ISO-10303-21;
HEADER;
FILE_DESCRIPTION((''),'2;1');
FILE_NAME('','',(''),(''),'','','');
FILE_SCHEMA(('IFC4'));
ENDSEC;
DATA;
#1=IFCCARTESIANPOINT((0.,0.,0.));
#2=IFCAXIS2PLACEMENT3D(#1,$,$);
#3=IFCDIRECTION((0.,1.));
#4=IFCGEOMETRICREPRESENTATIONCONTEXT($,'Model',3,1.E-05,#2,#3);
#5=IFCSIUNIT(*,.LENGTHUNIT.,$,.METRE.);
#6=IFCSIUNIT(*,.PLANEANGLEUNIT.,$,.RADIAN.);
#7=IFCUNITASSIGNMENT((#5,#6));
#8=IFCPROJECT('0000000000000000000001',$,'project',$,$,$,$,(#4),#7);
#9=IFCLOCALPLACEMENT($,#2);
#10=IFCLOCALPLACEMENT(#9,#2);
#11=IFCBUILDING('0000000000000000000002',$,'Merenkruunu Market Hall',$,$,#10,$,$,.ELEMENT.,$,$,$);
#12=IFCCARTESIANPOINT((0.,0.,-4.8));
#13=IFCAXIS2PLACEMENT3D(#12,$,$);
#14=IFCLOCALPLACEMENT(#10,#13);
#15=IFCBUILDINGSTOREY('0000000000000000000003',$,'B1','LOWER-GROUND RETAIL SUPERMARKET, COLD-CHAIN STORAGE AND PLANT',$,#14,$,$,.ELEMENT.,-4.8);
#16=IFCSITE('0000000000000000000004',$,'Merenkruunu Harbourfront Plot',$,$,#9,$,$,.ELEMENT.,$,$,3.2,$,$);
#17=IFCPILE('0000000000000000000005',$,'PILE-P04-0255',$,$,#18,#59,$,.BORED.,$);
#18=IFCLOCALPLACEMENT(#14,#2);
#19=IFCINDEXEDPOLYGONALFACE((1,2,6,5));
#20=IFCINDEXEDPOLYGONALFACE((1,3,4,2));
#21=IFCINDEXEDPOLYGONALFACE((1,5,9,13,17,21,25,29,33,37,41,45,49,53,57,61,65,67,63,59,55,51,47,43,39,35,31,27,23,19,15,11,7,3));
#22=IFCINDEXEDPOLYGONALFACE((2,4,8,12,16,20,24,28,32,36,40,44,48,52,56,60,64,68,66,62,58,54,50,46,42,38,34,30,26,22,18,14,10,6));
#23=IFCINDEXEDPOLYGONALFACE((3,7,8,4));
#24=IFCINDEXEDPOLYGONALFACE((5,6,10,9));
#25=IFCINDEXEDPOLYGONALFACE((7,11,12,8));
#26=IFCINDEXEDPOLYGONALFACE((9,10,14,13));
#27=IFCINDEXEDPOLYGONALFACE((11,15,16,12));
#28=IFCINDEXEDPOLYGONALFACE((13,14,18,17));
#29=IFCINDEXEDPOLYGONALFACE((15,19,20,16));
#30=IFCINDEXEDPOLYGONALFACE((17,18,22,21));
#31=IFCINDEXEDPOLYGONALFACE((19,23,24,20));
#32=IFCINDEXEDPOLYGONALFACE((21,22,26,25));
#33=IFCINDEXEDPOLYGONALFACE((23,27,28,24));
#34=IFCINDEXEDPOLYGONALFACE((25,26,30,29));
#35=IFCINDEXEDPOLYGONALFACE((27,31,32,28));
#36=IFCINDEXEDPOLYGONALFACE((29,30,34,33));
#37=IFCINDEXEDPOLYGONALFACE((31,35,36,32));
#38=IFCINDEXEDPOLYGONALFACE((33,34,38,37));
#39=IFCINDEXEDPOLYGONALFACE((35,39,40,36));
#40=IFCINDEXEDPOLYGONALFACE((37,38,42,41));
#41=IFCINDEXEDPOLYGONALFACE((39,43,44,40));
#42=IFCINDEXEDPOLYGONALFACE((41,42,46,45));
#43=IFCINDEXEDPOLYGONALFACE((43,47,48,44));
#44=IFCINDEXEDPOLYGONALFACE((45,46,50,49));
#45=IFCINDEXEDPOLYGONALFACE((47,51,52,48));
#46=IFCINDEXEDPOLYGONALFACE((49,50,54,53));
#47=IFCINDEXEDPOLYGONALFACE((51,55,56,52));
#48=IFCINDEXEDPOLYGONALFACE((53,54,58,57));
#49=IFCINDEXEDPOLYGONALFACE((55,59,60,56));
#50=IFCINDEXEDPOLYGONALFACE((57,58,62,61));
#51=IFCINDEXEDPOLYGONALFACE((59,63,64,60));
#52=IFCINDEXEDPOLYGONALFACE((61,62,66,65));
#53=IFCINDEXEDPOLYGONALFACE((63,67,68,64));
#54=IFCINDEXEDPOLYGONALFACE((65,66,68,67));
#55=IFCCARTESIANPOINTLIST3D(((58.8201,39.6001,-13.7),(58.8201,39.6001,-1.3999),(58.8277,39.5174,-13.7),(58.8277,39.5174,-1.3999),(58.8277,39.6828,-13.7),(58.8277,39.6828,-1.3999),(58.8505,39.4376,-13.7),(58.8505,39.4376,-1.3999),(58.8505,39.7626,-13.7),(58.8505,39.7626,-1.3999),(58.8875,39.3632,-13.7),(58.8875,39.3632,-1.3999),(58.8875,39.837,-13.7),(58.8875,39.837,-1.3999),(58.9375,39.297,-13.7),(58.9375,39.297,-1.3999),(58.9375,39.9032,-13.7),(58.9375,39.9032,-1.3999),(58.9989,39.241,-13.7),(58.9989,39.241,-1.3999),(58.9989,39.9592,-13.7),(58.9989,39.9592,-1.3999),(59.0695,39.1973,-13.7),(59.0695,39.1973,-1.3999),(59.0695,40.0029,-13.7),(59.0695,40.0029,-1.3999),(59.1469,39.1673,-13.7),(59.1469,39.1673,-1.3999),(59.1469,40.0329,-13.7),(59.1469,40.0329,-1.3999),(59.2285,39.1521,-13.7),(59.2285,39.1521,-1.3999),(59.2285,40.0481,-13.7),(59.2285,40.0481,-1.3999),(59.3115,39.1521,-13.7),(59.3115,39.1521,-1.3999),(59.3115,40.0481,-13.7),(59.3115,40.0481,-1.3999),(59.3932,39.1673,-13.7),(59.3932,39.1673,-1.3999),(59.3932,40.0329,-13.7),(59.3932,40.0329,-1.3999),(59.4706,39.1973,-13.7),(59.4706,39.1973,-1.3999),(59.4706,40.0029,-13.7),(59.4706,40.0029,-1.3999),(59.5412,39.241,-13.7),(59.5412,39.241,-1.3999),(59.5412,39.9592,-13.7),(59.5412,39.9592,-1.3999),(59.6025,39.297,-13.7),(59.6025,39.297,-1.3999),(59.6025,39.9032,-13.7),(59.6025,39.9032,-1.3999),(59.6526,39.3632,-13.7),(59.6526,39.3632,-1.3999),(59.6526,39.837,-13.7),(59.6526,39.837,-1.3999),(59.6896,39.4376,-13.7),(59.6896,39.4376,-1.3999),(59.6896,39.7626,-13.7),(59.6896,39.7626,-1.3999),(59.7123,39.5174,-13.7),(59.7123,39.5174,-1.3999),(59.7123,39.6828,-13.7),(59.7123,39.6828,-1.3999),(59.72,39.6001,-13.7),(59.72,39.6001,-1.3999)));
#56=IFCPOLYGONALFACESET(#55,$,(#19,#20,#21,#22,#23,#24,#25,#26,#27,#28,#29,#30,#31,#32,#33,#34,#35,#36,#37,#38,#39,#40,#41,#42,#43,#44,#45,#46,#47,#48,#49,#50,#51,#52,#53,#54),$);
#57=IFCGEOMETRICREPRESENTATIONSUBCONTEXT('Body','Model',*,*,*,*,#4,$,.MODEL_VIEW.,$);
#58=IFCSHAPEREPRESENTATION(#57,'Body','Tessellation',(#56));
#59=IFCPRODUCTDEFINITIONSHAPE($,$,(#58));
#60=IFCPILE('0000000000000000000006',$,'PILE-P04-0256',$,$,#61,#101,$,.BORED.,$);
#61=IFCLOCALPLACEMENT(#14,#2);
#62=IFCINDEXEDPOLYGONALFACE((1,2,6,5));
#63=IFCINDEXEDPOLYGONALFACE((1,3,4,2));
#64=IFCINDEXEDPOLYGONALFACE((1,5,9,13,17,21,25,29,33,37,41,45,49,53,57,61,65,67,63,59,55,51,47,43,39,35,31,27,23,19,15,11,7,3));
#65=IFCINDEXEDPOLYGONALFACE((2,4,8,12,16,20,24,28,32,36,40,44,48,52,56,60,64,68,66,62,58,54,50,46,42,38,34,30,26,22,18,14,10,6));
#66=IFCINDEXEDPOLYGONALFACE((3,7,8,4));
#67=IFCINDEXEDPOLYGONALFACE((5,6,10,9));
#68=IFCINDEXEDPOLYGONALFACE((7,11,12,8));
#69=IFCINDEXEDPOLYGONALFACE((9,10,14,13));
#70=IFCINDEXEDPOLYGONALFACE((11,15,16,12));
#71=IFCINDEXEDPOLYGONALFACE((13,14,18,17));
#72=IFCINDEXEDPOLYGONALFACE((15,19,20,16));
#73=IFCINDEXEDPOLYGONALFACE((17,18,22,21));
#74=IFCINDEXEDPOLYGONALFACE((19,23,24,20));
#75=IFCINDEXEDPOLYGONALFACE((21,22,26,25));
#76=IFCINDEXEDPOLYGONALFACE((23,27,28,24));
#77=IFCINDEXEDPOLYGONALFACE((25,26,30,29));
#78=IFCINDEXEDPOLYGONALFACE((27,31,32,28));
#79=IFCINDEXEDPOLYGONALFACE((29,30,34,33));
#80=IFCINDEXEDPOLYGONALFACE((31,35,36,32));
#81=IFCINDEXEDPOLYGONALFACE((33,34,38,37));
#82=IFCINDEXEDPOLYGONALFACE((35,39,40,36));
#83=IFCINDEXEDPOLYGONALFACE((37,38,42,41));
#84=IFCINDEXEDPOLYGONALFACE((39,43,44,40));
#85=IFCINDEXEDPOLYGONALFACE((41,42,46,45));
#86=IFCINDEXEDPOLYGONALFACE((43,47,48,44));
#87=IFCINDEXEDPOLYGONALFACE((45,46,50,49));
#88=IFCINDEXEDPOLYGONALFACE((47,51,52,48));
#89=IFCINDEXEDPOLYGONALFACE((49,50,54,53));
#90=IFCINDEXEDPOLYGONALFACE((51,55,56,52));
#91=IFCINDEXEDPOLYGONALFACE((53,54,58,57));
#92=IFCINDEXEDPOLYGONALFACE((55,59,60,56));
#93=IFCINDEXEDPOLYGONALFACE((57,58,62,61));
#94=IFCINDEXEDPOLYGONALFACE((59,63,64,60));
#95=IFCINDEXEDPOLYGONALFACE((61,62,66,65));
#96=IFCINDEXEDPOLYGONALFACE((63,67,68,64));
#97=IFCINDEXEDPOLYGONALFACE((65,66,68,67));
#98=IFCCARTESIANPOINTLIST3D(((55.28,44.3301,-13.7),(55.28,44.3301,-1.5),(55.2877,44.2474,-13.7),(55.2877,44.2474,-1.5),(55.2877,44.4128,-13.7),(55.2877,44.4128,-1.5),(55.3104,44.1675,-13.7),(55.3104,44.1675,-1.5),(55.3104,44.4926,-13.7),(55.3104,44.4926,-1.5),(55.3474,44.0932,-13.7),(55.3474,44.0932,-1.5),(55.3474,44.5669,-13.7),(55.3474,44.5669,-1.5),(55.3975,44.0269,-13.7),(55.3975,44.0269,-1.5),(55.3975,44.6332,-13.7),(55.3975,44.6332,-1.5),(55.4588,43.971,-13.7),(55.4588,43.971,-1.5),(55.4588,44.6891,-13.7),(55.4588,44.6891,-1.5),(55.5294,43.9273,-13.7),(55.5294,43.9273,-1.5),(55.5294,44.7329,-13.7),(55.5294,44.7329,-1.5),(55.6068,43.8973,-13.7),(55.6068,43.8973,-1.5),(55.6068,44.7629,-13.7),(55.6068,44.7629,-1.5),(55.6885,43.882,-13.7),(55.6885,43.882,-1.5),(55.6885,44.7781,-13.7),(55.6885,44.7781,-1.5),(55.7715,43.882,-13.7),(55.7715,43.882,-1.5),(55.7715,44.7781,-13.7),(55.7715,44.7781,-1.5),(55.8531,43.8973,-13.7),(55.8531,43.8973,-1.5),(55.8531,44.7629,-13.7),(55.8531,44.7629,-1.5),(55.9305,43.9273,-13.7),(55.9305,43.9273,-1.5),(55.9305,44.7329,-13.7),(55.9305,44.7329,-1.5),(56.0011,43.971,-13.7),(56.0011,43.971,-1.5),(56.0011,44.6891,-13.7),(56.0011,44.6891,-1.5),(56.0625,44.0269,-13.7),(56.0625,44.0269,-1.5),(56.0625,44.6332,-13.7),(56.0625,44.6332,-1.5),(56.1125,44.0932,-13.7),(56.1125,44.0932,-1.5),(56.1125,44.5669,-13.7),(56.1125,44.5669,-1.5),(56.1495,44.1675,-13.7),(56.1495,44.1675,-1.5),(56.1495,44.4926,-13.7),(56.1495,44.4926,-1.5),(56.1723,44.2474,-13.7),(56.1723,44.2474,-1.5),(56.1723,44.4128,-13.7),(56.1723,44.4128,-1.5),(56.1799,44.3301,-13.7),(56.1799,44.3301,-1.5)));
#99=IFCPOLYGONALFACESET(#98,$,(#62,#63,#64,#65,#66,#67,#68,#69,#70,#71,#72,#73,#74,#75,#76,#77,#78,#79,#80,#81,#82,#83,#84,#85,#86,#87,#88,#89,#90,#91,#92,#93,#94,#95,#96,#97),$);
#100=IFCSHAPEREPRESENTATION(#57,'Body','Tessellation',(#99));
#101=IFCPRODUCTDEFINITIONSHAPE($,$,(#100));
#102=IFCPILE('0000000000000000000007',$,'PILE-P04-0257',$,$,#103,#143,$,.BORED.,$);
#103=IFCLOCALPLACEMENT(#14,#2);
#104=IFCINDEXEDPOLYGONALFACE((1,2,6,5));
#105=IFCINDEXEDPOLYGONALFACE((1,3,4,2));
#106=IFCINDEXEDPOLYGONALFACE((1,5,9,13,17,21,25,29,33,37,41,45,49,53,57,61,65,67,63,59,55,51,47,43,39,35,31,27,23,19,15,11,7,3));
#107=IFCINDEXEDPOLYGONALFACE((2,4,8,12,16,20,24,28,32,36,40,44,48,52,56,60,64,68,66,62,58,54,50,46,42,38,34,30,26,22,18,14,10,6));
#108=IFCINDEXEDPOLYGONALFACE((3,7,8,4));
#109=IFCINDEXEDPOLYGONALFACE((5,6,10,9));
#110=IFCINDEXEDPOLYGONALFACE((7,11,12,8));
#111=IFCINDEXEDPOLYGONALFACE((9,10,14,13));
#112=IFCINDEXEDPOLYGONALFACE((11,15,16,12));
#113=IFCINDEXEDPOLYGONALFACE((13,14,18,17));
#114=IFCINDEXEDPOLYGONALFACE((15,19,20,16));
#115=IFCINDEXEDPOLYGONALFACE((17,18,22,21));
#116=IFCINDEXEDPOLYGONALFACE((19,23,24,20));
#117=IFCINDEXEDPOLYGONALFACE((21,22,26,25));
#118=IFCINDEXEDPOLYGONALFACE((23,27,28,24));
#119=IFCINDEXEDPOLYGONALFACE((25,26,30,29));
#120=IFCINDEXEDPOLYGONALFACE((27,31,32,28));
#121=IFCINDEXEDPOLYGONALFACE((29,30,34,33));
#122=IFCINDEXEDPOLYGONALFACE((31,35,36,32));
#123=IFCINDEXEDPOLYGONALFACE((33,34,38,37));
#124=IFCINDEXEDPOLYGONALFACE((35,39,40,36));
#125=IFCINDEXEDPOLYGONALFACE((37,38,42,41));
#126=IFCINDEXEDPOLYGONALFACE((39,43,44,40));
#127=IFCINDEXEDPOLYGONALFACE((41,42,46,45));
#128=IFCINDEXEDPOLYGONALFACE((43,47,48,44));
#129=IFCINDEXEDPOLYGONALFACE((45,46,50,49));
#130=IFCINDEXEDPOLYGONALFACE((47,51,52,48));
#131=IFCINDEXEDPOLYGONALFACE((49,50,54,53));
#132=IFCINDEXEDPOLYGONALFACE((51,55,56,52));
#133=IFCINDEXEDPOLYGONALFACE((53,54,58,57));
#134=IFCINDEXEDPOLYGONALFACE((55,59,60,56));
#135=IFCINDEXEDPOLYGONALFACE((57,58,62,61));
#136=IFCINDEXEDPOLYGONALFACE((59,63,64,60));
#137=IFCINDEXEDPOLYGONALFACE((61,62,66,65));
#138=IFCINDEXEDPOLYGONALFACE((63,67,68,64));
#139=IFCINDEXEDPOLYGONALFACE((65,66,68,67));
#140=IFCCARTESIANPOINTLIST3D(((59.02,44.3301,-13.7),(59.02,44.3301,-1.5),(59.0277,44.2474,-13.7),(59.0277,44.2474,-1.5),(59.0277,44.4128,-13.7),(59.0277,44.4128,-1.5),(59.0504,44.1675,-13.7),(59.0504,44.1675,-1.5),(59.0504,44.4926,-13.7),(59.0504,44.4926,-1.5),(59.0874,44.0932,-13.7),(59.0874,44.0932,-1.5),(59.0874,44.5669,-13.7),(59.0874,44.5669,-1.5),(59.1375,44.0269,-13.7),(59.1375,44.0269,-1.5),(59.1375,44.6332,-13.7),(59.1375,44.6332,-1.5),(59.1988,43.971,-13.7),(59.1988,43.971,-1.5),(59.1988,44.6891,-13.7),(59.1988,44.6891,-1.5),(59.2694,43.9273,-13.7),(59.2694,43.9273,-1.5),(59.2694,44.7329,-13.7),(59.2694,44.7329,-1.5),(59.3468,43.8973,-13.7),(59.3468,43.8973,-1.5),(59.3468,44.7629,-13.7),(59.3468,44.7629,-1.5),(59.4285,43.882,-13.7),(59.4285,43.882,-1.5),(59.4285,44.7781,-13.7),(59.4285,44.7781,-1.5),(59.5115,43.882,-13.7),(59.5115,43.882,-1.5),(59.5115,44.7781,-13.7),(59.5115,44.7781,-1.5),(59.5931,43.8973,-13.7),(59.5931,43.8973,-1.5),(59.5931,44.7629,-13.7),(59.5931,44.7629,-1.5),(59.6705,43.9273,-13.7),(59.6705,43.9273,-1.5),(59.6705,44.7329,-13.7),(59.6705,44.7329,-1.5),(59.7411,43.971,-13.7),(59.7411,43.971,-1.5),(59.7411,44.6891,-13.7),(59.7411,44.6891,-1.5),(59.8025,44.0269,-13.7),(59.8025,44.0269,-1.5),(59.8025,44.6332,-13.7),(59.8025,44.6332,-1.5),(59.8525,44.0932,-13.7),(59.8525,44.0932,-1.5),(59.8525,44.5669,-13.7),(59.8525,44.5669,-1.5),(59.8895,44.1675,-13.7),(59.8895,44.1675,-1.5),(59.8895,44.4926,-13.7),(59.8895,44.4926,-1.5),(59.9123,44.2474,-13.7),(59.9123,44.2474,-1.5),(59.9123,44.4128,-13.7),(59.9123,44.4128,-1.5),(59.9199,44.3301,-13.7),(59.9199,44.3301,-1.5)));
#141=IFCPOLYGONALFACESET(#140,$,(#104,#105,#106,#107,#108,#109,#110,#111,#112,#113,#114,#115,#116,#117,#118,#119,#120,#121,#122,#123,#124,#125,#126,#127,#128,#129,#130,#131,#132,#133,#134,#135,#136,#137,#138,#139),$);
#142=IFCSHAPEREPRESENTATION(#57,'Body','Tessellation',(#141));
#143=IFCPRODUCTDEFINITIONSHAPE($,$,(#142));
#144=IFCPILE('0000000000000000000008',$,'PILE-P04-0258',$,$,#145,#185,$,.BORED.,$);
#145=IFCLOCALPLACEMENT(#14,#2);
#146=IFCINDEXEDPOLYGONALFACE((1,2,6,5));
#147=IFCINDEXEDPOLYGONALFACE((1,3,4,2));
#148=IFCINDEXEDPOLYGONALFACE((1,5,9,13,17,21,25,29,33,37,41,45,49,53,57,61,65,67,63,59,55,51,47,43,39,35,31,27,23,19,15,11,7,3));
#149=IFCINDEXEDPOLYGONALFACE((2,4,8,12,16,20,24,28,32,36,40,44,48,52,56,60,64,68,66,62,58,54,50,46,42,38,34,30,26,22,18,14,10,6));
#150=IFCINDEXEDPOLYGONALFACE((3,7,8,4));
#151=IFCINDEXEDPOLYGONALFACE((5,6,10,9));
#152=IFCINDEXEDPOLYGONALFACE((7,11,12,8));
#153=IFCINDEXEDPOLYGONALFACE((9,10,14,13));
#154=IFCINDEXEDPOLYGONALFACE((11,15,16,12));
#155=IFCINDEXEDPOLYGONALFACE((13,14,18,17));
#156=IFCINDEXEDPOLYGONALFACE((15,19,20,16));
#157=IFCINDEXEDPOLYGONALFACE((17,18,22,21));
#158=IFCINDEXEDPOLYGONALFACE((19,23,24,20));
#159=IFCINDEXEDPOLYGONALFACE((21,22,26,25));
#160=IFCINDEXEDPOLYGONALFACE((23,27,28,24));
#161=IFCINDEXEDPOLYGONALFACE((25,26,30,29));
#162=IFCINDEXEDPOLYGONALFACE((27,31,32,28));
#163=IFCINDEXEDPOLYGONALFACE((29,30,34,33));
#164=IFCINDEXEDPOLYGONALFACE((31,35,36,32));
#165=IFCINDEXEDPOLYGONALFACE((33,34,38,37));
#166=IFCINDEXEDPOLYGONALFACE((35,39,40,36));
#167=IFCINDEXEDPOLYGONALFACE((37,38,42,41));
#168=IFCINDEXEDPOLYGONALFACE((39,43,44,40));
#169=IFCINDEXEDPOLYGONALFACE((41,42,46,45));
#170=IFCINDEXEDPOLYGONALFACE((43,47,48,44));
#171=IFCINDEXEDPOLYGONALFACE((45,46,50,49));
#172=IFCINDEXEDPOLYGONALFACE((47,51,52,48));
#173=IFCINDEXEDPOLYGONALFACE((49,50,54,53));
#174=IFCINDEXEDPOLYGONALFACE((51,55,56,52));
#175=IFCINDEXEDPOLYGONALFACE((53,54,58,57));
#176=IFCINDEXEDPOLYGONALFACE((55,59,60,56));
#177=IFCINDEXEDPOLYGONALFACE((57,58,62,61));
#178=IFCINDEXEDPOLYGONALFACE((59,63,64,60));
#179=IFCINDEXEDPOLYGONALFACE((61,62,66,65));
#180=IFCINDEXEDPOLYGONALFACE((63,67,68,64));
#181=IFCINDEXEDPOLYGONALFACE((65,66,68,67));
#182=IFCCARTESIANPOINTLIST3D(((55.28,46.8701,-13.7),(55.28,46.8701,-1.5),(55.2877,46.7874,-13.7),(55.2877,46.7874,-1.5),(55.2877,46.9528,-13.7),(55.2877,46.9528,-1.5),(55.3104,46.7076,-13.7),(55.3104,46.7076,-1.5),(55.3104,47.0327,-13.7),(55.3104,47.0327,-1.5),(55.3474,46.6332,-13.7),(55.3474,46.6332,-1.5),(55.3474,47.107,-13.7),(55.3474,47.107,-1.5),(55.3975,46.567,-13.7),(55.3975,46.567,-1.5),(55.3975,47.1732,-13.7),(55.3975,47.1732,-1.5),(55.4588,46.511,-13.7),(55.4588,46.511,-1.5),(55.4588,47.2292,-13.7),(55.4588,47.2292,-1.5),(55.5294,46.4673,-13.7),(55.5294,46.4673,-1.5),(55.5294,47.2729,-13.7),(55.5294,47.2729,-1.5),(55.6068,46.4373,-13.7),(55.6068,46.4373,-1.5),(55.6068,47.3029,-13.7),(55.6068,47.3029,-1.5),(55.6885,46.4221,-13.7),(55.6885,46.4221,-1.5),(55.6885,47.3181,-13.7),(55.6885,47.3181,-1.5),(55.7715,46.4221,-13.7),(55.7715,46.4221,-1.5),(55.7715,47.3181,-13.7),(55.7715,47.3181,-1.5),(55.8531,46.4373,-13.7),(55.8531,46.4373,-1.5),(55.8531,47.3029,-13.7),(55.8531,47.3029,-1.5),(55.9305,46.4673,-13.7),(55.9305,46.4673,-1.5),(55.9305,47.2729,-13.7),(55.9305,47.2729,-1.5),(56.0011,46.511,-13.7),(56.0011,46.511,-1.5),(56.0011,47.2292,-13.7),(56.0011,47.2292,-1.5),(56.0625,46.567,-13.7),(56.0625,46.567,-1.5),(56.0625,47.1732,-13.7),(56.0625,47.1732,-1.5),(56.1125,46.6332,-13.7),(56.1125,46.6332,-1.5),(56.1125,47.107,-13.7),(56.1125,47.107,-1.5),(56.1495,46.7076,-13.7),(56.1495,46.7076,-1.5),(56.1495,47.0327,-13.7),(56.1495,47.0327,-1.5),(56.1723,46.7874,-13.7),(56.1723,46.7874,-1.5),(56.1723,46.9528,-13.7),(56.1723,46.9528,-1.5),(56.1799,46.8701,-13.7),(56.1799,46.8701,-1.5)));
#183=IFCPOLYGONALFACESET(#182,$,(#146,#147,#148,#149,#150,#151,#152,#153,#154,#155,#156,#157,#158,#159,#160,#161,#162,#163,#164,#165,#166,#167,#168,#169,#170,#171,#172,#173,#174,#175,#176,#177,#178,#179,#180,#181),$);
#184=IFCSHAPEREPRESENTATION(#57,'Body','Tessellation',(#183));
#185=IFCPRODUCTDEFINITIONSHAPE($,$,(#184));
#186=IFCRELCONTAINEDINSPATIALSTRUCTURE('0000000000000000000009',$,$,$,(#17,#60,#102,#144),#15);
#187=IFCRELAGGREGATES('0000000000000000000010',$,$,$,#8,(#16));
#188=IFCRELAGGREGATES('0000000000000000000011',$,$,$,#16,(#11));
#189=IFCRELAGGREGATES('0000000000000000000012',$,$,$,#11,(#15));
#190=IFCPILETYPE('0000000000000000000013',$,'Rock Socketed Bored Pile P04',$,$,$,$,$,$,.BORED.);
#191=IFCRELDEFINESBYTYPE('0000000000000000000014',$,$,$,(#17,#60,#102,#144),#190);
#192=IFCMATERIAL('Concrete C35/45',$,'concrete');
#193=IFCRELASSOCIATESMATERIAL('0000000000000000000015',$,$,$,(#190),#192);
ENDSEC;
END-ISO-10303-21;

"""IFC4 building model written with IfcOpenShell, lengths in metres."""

from ifc_helpers import new_model, si_unit, direction, frame, origin, origin_2d, place, context, subcontext, project, spatial, circle, extrude, material, material_profile, profile_set, type_object, element, save


model = new_model("IFC4")

# Units and contexts
model_context = context("Model", 3, precision=1e-05, world=origin(), true_north=direction((0.0, 1.0)))
body_context = subcontext(model_context, "Body", "Model", "MODEL_VIEW")
ifc_project = project(units=[si_unit("LENGTHUNIT", "METRE"), si_unit("PLANEANGLEUNIT", "RADIAN")], contexts=[model_context])

# Site, building, storey
site_placement = place(None, origin())
site = spatial("IfcSite", under=ifc_project, at=site_placement, Name="Merenkruunu Harbourfront Plot", CompositionType="ELEMENT", RefElevation=3.2)
building_placement = place(site_placement, origin())
building = spatial("IfcBuilding", under=site, at=building_placement, Name="Merenkruunu Market Hall", CompositionType="ELEMENT")
storey_placement = place(building_placement, frame((0.0, 0.0, -4.8)))
storey = spatial("IfcBuildingStorey", under=building, at=storey_placement, Name="B1", Description="LOWER-GROUND RETAIL SUPERMARKET, COLD-CHAIN STORAGE AND PLANT", CompositionType="ELEMENT", Elevation=-4.8)

# Shared definitions
ifc_material_1 = material(Name="Concrete C35/45", Category="concrete")

# Piles
ifc_material_profile_1 = material_profile(ifc_material_1, circle(Radius=0.45, at=origin_2d()), Name="BORED PILE 900")
ifc_profile_set_1 = profile_set([ifc_material_profile_1], Name="Concrete C35/45")
pile_type_1 = type_object("IfcPileType", Name="Rock Socketed Bored Pile P04", PredefinedType="BORED", material=ifc_profile_set_1)
for number, where, z_axis, x_axis, name in (
    (1, (59.27, 39.6001, -1.3999), (0.0, 0.0, -1.0), (1.0, 0.0, 0.0), "PILE-P04-0255"),
):
    element("IfcPile", number, at=place(storey_placement, frame(where, z_axis=z_axis, x_axis=x_axis)), inside=storey, type_object=pile_type_1, Name=name, PredefinedType="BORED", context=body_context, shape_type="SweptSolid", body=[
        extrude(circle(Radius=0.45, at=origin_2d()), origin(), (0.0, 0.0, 1.0), 12.3),
    ])
for number, where, z_axis, x_axis, name in (
    (2, (55.73, 44.3301, -1.5), (0.0, 0.0, -1.0), (1.0, 0.0, 0.0), "PILE-P04-0256"),
    (3, (59.47, 44.3301, -1.5), (0.0, 0.0, -1.0), (1.0, 0.0, 0.0), "PILE-P04-0257"),
    (4, (55.73, 46.8701, -1.5), (0.0, 0.0, -1.0), (1.0, 0.0, 0.0), "PILE-P04-0258"),
):
    element("IfcPile", number, at=place(storey_placement, frame(where, z_axis=z_axis, x_axis=x_axis)), inside=storey, type_object=pile_type_1, Name=name, PredefinedType="BORED", context=body_context, shape_type="SweptSolid", body=[
        extrude(circle(Radius=0.45, at=origin_2d()), origin(), (0.0, 0.0, 1.0), 12.2),
    ])

save(model, "model.ifc")
